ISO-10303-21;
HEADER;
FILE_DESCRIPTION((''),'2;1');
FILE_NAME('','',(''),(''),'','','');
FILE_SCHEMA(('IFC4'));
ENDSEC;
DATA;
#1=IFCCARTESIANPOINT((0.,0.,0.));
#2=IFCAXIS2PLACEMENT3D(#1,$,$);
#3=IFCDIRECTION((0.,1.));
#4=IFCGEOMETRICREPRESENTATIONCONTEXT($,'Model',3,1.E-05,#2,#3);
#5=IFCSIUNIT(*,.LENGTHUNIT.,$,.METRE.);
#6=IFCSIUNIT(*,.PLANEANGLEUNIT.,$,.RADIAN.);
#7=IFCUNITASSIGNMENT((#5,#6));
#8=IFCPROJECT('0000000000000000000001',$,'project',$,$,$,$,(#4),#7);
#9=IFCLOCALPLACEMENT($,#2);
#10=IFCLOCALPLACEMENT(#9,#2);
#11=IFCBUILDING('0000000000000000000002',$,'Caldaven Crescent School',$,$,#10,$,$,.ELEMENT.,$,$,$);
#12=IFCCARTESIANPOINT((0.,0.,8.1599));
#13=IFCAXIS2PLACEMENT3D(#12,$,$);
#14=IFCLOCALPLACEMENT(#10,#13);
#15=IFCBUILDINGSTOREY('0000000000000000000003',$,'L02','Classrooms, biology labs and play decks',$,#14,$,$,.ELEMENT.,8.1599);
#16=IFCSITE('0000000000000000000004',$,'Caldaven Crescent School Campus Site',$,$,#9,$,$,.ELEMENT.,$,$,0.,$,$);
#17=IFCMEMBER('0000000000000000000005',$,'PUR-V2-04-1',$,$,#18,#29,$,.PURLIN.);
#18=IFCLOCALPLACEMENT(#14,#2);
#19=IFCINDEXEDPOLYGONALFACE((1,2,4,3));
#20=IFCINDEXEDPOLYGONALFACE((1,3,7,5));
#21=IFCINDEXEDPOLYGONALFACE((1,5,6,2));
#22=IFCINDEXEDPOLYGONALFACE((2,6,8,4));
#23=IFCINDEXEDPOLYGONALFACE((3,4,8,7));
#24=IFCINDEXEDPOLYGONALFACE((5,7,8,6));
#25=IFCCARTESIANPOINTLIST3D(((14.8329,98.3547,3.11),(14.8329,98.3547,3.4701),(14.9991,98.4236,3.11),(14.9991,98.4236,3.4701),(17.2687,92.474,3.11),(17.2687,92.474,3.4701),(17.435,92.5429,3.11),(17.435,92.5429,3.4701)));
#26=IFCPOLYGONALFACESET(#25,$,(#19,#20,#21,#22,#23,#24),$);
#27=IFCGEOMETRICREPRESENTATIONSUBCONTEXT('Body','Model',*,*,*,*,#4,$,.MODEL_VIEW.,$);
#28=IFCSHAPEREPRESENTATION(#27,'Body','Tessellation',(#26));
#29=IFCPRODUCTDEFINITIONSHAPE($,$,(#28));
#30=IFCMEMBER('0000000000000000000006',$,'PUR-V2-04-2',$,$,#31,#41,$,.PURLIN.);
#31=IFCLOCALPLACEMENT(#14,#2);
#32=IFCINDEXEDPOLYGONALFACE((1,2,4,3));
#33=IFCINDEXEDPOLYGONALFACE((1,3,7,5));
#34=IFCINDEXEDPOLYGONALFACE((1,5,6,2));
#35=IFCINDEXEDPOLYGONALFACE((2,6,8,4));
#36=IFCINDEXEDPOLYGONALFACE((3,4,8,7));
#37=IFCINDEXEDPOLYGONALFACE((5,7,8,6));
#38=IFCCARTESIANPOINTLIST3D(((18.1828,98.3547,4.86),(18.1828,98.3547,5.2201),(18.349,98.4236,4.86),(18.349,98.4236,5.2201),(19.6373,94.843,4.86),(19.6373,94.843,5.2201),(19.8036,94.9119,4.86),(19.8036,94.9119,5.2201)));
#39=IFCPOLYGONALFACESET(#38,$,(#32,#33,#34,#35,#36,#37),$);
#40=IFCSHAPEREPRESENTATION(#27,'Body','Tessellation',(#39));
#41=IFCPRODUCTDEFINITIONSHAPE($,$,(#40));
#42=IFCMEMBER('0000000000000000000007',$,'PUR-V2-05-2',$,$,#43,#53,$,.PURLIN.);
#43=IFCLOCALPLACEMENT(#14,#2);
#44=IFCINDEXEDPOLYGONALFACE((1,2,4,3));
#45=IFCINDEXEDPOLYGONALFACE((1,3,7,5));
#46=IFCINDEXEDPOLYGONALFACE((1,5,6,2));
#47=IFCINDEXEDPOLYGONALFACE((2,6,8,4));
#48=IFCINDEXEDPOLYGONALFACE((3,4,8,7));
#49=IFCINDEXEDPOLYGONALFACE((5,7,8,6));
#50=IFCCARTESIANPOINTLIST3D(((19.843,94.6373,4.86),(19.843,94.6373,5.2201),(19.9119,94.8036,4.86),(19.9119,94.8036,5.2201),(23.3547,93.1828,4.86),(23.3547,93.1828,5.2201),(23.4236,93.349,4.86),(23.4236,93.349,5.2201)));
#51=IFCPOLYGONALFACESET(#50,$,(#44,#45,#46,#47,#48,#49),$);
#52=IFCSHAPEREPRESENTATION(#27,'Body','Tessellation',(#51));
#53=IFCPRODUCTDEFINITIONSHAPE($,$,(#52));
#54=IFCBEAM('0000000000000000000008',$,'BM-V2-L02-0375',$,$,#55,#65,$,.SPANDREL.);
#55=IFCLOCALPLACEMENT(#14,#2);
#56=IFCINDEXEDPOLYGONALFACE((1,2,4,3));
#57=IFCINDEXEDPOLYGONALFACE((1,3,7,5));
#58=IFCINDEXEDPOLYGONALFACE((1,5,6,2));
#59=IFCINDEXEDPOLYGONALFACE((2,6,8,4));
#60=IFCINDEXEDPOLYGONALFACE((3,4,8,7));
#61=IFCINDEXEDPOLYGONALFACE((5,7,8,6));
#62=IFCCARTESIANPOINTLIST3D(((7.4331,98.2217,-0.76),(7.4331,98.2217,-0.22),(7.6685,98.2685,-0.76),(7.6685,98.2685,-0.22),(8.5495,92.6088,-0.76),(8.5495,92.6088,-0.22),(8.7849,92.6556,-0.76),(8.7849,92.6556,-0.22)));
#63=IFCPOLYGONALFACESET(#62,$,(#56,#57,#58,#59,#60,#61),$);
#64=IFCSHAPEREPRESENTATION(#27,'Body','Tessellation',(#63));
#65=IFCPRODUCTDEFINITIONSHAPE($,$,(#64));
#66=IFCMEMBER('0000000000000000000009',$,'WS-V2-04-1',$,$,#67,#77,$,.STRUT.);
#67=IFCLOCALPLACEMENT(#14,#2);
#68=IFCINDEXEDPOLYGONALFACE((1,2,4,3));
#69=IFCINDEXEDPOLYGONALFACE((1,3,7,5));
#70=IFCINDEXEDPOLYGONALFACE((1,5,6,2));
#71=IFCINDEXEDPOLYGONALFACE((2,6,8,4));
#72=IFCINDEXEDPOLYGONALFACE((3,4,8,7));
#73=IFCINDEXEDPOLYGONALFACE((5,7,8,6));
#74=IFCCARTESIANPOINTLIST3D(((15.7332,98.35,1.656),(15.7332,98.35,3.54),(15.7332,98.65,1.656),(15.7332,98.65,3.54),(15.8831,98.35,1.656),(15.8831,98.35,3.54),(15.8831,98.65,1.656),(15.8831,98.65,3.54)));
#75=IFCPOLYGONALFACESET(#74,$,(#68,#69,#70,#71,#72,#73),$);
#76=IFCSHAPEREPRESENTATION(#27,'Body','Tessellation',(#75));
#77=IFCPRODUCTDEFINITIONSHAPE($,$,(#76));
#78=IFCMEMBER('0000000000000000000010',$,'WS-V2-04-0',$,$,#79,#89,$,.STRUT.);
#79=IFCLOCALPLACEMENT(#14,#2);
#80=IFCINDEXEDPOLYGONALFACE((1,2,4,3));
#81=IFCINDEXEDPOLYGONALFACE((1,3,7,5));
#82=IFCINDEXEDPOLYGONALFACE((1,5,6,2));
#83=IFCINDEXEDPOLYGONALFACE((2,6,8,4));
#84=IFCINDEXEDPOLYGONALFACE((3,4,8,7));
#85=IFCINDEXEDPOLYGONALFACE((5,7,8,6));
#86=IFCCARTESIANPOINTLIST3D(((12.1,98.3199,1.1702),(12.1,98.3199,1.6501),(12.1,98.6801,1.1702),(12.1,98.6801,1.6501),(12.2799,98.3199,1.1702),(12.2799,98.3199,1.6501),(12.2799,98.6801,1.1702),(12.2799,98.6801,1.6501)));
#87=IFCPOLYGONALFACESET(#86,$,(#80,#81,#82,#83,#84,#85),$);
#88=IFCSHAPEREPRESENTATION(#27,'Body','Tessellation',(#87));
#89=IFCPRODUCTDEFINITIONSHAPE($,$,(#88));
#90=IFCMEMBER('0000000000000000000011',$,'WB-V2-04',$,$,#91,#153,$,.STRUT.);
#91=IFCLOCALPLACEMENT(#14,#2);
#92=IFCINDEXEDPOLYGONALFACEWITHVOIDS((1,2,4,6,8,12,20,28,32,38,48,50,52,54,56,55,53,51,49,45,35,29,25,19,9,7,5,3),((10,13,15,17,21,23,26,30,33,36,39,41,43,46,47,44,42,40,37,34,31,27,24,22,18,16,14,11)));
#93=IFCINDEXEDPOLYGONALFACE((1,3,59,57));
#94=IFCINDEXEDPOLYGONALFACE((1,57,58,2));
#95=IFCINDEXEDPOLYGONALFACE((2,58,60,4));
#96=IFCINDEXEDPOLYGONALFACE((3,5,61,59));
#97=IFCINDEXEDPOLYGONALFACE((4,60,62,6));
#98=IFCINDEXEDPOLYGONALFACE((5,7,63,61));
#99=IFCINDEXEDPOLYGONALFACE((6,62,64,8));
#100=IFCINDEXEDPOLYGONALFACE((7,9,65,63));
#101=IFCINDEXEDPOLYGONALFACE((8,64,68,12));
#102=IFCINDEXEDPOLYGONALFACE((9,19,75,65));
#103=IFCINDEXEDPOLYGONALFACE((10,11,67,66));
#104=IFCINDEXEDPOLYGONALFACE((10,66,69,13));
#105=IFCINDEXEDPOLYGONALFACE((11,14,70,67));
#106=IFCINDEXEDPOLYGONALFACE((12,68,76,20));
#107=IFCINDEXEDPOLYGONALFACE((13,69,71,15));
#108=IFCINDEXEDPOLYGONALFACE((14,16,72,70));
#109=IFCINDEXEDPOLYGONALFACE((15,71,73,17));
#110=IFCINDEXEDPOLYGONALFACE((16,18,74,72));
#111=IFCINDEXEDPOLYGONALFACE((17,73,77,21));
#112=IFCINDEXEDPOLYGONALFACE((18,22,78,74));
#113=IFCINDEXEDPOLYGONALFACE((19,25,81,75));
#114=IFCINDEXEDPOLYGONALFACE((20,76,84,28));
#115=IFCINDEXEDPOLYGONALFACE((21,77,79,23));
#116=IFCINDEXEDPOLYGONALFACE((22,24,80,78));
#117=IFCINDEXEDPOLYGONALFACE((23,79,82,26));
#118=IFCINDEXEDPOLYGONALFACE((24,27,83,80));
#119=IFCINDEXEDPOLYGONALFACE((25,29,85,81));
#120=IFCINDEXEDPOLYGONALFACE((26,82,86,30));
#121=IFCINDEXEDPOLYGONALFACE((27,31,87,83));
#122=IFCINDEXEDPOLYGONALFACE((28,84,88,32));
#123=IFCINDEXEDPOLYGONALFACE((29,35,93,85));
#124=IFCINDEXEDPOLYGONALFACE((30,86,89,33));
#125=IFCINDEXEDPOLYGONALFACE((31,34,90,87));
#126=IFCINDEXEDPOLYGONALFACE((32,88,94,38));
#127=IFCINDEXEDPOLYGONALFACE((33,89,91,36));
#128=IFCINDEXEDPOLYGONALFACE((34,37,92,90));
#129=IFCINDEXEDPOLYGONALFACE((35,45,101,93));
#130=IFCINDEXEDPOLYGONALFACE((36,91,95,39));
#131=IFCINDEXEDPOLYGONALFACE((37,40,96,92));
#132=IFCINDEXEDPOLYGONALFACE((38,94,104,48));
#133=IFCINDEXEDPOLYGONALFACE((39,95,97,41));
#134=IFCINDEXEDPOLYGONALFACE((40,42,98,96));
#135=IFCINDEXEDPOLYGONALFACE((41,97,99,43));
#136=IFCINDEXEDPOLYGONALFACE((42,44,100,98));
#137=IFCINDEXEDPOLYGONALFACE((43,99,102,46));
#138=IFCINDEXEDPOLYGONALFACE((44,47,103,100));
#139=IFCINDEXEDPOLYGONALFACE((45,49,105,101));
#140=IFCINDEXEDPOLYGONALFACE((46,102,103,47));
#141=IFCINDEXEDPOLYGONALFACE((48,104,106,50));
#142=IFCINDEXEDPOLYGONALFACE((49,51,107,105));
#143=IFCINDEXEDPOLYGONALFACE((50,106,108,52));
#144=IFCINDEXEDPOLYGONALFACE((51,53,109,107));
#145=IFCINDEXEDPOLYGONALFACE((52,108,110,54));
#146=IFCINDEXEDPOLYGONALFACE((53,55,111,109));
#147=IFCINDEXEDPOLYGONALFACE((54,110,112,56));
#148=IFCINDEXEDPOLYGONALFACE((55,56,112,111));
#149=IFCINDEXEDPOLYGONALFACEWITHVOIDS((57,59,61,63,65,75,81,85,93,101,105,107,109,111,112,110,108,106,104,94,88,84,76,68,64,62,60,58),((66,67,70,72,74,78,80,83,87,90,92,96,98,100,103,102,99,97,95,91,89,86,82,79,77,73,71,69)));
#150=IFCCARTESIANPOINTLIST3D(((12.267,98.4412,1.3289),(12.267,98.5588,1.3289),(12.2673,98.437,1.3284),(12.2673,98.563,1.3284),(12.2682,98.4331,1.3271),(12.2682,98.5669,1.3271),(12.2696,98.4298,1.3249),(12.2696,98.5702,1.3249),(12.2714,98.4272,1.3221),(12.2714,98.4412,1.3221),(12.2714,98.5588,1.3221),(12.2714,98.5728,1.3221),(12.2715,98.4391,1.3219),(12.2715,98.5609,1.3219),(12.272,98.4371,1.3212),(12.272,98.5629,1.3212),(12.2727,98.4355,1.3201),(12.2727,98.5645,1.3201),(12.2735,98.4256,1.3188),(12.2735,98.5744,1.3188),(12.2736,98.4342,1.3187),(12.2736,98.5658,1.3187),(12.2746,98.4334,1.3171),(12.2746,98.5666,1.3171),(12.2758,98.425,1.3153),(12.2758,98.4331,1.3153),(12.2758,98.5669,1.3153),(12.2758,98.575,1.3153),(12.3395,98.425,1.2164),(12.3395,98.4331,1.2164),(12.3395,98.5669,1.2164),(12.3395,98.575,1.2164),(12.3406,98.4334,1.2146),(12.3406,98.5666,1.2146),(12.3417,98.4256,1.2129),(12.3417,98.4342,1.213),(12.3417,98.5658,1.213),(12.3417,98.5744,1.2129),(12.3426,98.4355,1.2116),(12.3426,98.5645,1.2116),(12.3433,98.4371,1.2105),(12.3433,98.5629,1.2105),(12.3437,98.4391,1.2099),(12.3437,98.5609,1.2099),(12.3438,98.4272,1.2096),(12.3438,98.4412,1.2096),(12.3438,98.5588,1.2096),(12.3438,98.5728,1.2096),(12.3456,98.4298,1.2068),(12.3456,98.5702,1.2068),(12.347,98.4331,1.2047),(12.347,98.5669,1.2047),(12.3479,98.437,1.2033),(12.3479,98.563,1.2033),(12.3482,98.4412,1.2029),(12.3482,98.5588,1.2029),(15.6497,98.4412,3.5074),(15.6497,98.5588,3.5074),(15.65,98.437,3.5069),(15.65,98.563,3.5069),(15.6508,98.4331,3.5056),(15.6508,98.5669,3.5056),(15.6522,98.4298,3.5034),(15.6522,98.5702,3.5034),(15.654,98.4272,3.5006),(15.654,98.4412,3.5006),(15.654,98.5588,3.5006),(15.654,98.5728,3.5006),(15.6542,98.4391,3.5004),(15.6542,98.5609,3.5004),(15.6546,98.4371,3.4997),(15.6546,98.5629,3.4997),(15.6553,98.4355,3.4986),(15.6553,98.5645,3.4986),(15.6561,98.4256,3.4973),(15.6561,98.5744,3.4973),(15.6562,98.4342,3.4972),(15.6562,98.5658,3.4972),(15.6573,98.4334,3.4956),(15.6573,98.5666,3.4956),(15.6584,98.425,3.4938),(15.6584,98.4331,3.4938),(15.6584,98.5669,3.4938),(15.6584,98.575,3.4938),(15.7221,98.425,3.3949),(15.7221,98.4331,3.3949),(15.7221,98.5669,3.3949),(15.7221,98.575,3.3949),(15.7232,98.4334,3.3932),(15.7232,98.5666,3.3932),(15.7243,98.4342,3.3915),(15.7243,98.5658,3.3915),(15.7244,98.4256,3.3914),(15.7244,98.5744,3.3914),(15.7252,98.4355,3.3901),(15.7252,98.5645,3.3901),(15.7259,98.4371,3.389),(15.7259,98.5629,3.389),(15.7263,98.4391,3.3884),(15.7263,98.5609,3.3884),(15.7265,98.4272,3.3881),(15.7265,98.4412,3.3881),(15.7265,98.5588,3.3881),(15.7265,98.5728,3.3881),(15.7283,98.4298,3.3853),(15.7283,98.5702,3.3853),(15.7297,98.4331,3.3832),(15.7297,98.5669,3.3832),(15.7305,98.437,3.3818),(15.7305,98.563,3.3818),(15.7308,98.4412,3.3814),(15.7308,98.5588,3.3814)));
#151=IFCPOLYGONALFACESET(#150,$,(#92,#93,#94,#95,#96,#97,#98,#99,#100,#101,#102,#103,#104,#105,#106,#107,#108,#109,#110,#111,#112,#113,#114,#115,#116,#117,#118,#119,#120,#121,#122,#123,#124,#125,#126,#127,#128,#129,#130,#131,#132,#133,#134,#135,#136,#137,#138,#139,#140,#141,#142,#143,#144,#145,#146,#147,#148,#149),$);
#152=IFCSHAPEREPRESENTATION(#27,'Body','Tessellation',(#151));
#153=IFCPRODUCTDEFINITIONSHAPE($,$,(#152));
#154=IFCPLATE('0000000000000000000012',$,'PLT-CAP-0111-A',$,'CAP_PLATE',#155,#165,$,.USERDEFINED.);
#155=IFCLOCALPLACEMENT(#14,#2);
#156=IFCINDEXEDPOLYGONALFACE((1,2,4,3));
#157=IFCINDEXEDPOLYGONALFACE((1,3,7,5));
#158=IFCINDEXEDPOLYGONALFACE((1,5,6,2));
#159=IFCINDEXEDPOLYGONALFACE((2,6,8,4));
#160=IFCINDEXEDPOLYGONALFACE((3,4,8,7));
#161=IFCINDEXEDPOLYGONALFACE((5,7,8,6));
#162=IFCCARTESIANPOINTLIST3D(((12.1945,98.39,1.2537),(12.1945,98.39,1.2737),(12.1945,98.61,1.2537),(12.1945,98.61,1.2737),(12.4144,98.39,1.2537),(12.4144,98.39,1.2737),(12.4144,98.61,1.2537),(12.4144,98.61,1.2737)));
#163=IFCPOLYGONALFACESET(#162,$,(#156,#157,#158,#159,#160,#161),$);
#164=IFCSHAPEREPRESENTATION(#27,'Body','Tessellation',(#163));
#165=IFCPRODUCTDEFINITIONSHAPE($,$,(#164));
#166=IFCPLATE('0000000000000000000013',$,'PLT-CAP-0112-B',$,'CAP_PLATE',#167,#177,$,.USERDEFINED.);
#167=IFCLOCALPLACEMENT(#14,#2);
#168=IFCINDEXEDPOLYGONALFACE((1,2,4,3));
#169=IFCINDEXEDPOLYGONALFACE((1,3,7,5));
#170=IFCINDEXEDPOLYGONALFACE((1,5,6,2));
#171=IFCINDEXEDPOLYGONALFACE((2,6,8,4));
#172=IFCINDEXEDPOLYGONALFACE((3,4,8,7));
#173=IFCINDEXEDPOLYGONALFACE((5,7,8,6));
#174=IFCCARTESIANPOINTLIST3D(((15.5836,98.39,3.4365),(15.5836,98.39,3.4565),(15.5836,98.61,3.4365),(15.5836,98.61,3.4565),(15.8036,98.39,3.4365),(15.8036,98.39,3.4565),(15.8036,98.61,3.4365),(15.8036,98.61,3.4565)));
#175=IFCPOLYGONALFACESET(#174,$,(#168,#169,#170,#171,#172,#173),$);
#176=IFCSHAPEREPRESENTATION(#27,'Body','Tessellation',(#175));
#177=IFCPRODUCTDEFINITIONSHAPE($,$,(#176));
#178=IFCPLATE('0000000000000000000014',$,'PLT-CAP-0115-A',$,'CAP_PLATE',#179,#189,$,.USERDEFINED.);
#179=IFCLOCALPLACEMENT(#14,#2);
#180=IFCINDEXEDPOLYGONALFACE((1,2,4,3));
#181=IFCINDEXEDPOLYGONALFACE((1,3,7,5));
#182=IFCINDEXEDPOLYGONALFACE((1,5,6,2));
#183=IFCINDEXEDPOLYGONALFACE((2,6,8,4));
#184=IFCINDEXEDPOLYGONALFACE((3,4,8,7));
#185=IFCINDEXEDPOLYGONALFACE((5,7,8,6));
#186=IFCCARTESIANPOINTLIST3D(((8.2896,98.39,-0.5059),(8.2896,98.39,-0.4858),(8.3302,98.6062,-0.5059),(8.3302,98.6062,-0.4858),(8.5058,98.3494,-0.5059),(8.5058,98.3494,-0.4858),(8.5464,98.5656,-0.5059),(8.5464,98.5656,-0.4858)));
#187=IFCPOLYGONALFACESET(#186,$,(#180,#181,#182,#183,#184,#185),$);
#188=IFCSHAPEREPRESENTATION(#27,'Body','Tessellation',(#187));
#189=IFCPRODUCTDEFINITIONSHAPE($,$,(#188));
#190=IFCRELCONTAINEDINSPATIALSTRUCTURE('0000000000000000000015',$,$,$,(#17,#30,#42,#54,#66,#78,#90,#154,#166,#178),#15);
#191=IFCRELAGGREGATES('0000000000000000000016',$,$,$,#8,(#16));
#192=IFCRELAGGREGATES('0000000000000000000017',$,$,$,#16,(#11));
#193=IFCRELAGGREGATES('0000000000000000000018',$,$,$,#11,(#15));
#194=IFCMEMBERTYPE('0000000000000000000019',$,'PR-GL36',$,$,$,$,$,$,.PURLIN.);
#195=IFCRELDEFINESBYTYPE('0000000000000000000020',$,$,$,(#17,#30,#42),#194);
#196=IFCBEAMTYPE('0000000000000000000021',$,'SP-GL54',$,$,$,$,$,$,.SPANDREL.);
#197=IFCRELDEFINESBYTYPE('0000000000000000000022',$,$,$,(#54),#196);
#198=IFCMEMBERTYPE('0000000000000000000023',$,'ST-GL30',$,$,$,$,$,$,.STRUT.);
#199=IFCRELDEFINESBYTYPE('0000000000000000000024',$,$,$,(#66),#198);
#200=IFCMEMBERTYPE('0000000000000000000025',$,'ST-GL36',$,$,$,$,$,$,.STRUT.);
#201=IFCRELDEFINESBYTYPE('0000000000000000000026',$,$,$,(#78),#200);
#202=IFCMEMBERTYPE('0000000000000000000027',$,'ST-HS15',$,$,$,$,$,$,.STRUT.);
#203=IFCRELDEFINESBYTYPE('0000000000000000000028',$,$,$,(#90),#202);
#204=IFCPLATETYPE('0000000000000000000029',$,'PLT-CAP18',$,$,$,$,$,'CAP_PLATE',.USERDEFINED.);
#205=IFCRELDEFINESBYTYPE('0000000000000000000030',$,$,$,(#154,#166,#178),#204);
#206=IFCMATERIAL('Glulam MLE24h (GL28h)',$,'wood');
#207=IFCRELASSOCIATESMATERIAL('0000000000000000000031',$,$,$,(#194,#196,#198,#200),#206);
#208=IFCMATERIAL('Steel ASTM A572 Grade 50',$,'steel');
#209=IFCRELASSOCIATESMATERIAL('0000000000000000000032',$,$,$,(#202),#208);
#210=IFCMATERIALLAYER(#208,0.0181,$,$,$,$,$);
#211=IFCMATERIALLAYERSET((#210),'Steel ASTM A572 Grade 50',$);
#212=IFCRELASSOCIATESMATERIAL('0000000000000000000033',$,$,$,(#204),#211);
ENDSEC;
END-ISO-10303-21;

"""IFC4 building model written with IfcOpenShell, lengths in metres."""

from ifc_helpers import new_model, si_unit, direction, frame, origin, origin_2d, place, context, subcontext, project, spatial, rectangle, hollow_rectangle, extrude, material, layer, layer_set, material_profile, profile_set, type_object, element, save


model = new_model("IFC4")

# Units and contexts
model_context = context("Model", 3, precision=1e-05, world=origin(), true_north=direction((0.0, 1.0)))
body_context = subcontext(model_context, "Body", "Model", "MODEL_VIEW")
ifc_project = project(units=[si_unit("LENGTHUNIT", "METRE"), si_unit("PLANEANGLEUNIT", "RADIAN")], contexts=[model_context])

# Site, building, storey
site_placement = place(None, origin())
site = spatial("IfcSite", under=ifc_project, at=site_placement, Name="Caldaven Crescent School Campus Site", CompositionType="ELEMENT", RefElevation=0.0)
building_placement = place(site_placement, origin())
building = spatial("IfcBuilding", under=site, at=building_placement, Name="Caldaven Crescent School", CompositionType="ELEMENT")
storey_placement = place(building_placement, frame((0.0, 0.0, 8.1599)))
storey = spatial("IfcBuildingStorey", under=building, at=storey_placement, Name="L02", Description="Classrooms, biology labs and play decks", CompositionType="ELEMENT", Elevation=8.1599)

# Shared definitions
ifc_material_1 = material(Name="Steel ASTM A572 Grade 50", Category="steel")

# Shared definitions
ifc_material_2 = material(Name="Glulam MLE24h (GL28h)", Category="wood")

# Members
ifc_material_profile_1 = material_profile(ifc_material_2, rectangle(XDim=0.1799, YDim=0.3601, at=origin_2d()), Name="MLE 180x360")
ifc_profile_set_1 = profile_set([ifc_material_profile_1], Name="Glulam MLE24h (GL28h)")
member_type_1 = type_object("IfcMemberType", Name="PR-GL36", PredefinedType="PURLIN", material=ifc_profile_set_1)
member_1_placement = place(storey_placement, frame((14.916, 98.3892, 3.29), z_axis=(0.382678, -0.923882, 0.0), x_axis=(0.923882, 0.382678, 0.0)))
element("IfcMember", 1, at=member_1_placement, inside=storey, type_object=member_type_1, Name="PUR-V2-04-1", PredefinedType="PURLIN", context=body_context, shape_type="SweptSolid", body=[
    extrude(rectangle(XDim=0.1799, YDim=0.3601, at=origin_2d()), origin(), (0.0, 0.0, 1.0), 6.3652),
])
for number, where, z_axis, x_axis, name in (
    (2, (18.2659, 98.3892, 5.04), (0.382681, -0.923881, 0.0), (0.923881, 0.382681, 0.0), "PUR-V2-04-2"),
    (3, (19.8774, 94.7205, 5.04), (0.923881, -0.382681, 0.0), (0.382681, 0.923881, 0.0), "PUR-V2-05-2"),
):
    element("IfcMember", number, at=place(storey_placement, frame(where, z_axis=z_axis, x_axis=x_axis)), inside=storey, type_object=member_type_1, Name=name, PredefinedType="PURLIN", context=body_context, shape_type="SweptSolid", body=[
        extrude(rectangle(XDim=0.1799, YDim=0.3601, at=origin_2d()), origin(), (0.0, 0.0, 1.0), 3.801),
    ])

# Beam
ifc_material_profile_2 = material_profile(ifc_material_2, rectangle(XDim=0.24, YDim=0.54, at=origin_2d()), Name="MLE 240x540")
ifc_profile_set_2 = profile_set([ifc_material_profile_2], Name="Glulam MLE24h (GL28h)")
beam_type_1 = type_object("IfcBeamType", Name="SP-GL54", PredefinedType="SPANDREL", material=ifc_profile_set_2)
beam_1_placement = place(storey_placement, frame((7.5508, 98.2451, -0.49), z_axis=(0.195082, -0.980787, 0.0), x_axis=(0.980787, 0.195082, 0.0)))
element("IfcBeam", 4, at=beam_1_placement, inside=storey, type_object=beam_type_1, Name="BM-V2-L02-0375", PredefinedType="SPANDREL", context=body_context, shape_type="SweptSolid", body=[
    extrude(rectangle(XDim=0.24, YDim=0.54, at=origin_2d()), origin(), (0.0, 0.0, 1.0), 5.7229),
])

# Members
ifc_material_profile_3 = material_profile(ifc_material_2, rectangle(XDim=0.1499, YDim=0.3, at=origin_2d()), Name="MLE 150x300")
ifc_profile_set_3 = profile_set([ifc_material_profile_3], Name="Glulam MLE24h (GL28h)")
member_type_2 = type_object("IfcMemberType", Name="ST-GL30", PredefinedType="STRUT", material=ifc_profile_set_3)
member_2_placement = place(storey_placement, frame((15.8081, 98.5, 1.656), z_axis=(0.0, 0.0, 1.0), x_axis=(1.0, 0.0, 0.0)))
element("IfcMember", 5, at=member_2_placement, inside=storey, type_object=member_type_2, Name="WS-V2-04-1", PredefinedType="STRUT", context=body_context, shape_type="SweptSolid", body=[
    extrude(rectangle(XDim=0.1499, YDim=0.3, at=origin_2d()), origin(), (0.0, 0.0, 1.0), 1.884),
])
ifc_material_profile_4 = material_profile(ifc_material_2, rectangle(XDim=0.1799, YDim=0.3601, at=origin_2d()), Name="MLE 180x360")
ifc_profile_set_4 = profile_set([ifc_material_profile_4], Name="Glulam MLE24h (GL28h)")
member_type_3 = type_object("IfcMemberType", Name="ST-GL36", PredefinedType="STRUT", material=ifc_profile_set_4)
member_3_placement = place(storey_placement, frame((12.1899, 98.5, 1.1702), z_axis=(0.0, 0.0, 1.0), x_axis=(1.0, 0.0, 0.0)))
element("IfcMember", 6, at=member_3_placement, inside=storey, type_object=member_type_3, Name="WS-V2-04-0", PredefinedType="STRUT", context=body_context, shape_type="SweptSolid", body=[
    extrude(rectangle(XDim=0.1799, YDim=0.3601, at=origin_2d()), origin(), (0.0, 0.0, 1.0), 0.48),
])
ifc_material_profile_5 = material_profile(ifc_material_1, hollow_rectangle(XDim=0.1499, YDim=0.1499, WallThickness=0.0081, InnerFilletRadius=0.0081, OuterFilletRadius=0.0161, at=origin_2d()), Name="HSS 150x150x8")
ifc_profile_set_5 = profile_set([ifc_material_profile_5], Name="Steel ASTM A572 Grade 50")
member_type_4 = type_object("IfcMemberType", Name="ST-HS15", PredefinedType="STRUT", material=ifc_profile_set_5)
member_4_placement = place(storey_placement, frame((12.3076, 98.5, 1.2659), z_axis=(0.840731, 0.0, 0.541454), x_axis=(0.0, 1.0, 0.0)))
element("IfcMember", 7, at=member_4_placement, inside=storey, type_object=member_type_4, Name="WB-V2-04", PredefinedType="STRUT", context=body_context, shape_type="SweptSolid", body=[
    extrude(hollow_rectangle(XDim=0.1499, YDim=0.1499, WallThickness=0.0081, InnerFilletRadius=0.0081, OuterFilletRadius=0.0161, at=origin_2d()), origin(), (0.0, 0.0, 1.0), 4.0234),
])

# Plates
ifc_layer_1 = layer(ifc_material_1, 0.0181)
ifc_layer_set_1 = layer_set([ifc_layer_1], Name="Steel ASTM A572 Grade 50")
plate_type_1 = type_object("IfcPlateType", Name="PLT-CAP18", ElementType="CAP_PLATE", PredefinedType="USERDEFINED", material=ifc_layer_set_1)
for number, where, z_axis, x_axis, name in (
    (8, (12.3044, 98.5, 1.2537), (0.0, 0.0, 1.0), (1.0, 0.0, 0.0), "PLT-CAP-0111-A"),
    (9, (15.6936, 98.5, 3.4365), (0.0, 0.0, 1.0), (1.0, 0.0, 0.0), "PLT-CAP-0112-B"),
    (10, (8.418, 98.4778, -0.5059), (0.0, 0.0, 1.0), (0.982807, -0.184638, 0.0), "PLT-CAP-0115-A"),
):
    element("IfcPlate", number, at=place(storey_placement, frame(where, z_axis=z_axis, x_axis=x_axis)), inside=storey, type_object=plate_type_1, Name=name, ObjectType="CAP_PLATE", PredefinedType="USERDEFINED", context=body_context, shape_type="SweptSolid", body=[
        extrude(rectangle(XDim=0.22, YDim=0.22, at=origin_2d()), origin(), (0.0, 0.0, 1.0), 0.02),
    ])

save(model, "model.ifc")
